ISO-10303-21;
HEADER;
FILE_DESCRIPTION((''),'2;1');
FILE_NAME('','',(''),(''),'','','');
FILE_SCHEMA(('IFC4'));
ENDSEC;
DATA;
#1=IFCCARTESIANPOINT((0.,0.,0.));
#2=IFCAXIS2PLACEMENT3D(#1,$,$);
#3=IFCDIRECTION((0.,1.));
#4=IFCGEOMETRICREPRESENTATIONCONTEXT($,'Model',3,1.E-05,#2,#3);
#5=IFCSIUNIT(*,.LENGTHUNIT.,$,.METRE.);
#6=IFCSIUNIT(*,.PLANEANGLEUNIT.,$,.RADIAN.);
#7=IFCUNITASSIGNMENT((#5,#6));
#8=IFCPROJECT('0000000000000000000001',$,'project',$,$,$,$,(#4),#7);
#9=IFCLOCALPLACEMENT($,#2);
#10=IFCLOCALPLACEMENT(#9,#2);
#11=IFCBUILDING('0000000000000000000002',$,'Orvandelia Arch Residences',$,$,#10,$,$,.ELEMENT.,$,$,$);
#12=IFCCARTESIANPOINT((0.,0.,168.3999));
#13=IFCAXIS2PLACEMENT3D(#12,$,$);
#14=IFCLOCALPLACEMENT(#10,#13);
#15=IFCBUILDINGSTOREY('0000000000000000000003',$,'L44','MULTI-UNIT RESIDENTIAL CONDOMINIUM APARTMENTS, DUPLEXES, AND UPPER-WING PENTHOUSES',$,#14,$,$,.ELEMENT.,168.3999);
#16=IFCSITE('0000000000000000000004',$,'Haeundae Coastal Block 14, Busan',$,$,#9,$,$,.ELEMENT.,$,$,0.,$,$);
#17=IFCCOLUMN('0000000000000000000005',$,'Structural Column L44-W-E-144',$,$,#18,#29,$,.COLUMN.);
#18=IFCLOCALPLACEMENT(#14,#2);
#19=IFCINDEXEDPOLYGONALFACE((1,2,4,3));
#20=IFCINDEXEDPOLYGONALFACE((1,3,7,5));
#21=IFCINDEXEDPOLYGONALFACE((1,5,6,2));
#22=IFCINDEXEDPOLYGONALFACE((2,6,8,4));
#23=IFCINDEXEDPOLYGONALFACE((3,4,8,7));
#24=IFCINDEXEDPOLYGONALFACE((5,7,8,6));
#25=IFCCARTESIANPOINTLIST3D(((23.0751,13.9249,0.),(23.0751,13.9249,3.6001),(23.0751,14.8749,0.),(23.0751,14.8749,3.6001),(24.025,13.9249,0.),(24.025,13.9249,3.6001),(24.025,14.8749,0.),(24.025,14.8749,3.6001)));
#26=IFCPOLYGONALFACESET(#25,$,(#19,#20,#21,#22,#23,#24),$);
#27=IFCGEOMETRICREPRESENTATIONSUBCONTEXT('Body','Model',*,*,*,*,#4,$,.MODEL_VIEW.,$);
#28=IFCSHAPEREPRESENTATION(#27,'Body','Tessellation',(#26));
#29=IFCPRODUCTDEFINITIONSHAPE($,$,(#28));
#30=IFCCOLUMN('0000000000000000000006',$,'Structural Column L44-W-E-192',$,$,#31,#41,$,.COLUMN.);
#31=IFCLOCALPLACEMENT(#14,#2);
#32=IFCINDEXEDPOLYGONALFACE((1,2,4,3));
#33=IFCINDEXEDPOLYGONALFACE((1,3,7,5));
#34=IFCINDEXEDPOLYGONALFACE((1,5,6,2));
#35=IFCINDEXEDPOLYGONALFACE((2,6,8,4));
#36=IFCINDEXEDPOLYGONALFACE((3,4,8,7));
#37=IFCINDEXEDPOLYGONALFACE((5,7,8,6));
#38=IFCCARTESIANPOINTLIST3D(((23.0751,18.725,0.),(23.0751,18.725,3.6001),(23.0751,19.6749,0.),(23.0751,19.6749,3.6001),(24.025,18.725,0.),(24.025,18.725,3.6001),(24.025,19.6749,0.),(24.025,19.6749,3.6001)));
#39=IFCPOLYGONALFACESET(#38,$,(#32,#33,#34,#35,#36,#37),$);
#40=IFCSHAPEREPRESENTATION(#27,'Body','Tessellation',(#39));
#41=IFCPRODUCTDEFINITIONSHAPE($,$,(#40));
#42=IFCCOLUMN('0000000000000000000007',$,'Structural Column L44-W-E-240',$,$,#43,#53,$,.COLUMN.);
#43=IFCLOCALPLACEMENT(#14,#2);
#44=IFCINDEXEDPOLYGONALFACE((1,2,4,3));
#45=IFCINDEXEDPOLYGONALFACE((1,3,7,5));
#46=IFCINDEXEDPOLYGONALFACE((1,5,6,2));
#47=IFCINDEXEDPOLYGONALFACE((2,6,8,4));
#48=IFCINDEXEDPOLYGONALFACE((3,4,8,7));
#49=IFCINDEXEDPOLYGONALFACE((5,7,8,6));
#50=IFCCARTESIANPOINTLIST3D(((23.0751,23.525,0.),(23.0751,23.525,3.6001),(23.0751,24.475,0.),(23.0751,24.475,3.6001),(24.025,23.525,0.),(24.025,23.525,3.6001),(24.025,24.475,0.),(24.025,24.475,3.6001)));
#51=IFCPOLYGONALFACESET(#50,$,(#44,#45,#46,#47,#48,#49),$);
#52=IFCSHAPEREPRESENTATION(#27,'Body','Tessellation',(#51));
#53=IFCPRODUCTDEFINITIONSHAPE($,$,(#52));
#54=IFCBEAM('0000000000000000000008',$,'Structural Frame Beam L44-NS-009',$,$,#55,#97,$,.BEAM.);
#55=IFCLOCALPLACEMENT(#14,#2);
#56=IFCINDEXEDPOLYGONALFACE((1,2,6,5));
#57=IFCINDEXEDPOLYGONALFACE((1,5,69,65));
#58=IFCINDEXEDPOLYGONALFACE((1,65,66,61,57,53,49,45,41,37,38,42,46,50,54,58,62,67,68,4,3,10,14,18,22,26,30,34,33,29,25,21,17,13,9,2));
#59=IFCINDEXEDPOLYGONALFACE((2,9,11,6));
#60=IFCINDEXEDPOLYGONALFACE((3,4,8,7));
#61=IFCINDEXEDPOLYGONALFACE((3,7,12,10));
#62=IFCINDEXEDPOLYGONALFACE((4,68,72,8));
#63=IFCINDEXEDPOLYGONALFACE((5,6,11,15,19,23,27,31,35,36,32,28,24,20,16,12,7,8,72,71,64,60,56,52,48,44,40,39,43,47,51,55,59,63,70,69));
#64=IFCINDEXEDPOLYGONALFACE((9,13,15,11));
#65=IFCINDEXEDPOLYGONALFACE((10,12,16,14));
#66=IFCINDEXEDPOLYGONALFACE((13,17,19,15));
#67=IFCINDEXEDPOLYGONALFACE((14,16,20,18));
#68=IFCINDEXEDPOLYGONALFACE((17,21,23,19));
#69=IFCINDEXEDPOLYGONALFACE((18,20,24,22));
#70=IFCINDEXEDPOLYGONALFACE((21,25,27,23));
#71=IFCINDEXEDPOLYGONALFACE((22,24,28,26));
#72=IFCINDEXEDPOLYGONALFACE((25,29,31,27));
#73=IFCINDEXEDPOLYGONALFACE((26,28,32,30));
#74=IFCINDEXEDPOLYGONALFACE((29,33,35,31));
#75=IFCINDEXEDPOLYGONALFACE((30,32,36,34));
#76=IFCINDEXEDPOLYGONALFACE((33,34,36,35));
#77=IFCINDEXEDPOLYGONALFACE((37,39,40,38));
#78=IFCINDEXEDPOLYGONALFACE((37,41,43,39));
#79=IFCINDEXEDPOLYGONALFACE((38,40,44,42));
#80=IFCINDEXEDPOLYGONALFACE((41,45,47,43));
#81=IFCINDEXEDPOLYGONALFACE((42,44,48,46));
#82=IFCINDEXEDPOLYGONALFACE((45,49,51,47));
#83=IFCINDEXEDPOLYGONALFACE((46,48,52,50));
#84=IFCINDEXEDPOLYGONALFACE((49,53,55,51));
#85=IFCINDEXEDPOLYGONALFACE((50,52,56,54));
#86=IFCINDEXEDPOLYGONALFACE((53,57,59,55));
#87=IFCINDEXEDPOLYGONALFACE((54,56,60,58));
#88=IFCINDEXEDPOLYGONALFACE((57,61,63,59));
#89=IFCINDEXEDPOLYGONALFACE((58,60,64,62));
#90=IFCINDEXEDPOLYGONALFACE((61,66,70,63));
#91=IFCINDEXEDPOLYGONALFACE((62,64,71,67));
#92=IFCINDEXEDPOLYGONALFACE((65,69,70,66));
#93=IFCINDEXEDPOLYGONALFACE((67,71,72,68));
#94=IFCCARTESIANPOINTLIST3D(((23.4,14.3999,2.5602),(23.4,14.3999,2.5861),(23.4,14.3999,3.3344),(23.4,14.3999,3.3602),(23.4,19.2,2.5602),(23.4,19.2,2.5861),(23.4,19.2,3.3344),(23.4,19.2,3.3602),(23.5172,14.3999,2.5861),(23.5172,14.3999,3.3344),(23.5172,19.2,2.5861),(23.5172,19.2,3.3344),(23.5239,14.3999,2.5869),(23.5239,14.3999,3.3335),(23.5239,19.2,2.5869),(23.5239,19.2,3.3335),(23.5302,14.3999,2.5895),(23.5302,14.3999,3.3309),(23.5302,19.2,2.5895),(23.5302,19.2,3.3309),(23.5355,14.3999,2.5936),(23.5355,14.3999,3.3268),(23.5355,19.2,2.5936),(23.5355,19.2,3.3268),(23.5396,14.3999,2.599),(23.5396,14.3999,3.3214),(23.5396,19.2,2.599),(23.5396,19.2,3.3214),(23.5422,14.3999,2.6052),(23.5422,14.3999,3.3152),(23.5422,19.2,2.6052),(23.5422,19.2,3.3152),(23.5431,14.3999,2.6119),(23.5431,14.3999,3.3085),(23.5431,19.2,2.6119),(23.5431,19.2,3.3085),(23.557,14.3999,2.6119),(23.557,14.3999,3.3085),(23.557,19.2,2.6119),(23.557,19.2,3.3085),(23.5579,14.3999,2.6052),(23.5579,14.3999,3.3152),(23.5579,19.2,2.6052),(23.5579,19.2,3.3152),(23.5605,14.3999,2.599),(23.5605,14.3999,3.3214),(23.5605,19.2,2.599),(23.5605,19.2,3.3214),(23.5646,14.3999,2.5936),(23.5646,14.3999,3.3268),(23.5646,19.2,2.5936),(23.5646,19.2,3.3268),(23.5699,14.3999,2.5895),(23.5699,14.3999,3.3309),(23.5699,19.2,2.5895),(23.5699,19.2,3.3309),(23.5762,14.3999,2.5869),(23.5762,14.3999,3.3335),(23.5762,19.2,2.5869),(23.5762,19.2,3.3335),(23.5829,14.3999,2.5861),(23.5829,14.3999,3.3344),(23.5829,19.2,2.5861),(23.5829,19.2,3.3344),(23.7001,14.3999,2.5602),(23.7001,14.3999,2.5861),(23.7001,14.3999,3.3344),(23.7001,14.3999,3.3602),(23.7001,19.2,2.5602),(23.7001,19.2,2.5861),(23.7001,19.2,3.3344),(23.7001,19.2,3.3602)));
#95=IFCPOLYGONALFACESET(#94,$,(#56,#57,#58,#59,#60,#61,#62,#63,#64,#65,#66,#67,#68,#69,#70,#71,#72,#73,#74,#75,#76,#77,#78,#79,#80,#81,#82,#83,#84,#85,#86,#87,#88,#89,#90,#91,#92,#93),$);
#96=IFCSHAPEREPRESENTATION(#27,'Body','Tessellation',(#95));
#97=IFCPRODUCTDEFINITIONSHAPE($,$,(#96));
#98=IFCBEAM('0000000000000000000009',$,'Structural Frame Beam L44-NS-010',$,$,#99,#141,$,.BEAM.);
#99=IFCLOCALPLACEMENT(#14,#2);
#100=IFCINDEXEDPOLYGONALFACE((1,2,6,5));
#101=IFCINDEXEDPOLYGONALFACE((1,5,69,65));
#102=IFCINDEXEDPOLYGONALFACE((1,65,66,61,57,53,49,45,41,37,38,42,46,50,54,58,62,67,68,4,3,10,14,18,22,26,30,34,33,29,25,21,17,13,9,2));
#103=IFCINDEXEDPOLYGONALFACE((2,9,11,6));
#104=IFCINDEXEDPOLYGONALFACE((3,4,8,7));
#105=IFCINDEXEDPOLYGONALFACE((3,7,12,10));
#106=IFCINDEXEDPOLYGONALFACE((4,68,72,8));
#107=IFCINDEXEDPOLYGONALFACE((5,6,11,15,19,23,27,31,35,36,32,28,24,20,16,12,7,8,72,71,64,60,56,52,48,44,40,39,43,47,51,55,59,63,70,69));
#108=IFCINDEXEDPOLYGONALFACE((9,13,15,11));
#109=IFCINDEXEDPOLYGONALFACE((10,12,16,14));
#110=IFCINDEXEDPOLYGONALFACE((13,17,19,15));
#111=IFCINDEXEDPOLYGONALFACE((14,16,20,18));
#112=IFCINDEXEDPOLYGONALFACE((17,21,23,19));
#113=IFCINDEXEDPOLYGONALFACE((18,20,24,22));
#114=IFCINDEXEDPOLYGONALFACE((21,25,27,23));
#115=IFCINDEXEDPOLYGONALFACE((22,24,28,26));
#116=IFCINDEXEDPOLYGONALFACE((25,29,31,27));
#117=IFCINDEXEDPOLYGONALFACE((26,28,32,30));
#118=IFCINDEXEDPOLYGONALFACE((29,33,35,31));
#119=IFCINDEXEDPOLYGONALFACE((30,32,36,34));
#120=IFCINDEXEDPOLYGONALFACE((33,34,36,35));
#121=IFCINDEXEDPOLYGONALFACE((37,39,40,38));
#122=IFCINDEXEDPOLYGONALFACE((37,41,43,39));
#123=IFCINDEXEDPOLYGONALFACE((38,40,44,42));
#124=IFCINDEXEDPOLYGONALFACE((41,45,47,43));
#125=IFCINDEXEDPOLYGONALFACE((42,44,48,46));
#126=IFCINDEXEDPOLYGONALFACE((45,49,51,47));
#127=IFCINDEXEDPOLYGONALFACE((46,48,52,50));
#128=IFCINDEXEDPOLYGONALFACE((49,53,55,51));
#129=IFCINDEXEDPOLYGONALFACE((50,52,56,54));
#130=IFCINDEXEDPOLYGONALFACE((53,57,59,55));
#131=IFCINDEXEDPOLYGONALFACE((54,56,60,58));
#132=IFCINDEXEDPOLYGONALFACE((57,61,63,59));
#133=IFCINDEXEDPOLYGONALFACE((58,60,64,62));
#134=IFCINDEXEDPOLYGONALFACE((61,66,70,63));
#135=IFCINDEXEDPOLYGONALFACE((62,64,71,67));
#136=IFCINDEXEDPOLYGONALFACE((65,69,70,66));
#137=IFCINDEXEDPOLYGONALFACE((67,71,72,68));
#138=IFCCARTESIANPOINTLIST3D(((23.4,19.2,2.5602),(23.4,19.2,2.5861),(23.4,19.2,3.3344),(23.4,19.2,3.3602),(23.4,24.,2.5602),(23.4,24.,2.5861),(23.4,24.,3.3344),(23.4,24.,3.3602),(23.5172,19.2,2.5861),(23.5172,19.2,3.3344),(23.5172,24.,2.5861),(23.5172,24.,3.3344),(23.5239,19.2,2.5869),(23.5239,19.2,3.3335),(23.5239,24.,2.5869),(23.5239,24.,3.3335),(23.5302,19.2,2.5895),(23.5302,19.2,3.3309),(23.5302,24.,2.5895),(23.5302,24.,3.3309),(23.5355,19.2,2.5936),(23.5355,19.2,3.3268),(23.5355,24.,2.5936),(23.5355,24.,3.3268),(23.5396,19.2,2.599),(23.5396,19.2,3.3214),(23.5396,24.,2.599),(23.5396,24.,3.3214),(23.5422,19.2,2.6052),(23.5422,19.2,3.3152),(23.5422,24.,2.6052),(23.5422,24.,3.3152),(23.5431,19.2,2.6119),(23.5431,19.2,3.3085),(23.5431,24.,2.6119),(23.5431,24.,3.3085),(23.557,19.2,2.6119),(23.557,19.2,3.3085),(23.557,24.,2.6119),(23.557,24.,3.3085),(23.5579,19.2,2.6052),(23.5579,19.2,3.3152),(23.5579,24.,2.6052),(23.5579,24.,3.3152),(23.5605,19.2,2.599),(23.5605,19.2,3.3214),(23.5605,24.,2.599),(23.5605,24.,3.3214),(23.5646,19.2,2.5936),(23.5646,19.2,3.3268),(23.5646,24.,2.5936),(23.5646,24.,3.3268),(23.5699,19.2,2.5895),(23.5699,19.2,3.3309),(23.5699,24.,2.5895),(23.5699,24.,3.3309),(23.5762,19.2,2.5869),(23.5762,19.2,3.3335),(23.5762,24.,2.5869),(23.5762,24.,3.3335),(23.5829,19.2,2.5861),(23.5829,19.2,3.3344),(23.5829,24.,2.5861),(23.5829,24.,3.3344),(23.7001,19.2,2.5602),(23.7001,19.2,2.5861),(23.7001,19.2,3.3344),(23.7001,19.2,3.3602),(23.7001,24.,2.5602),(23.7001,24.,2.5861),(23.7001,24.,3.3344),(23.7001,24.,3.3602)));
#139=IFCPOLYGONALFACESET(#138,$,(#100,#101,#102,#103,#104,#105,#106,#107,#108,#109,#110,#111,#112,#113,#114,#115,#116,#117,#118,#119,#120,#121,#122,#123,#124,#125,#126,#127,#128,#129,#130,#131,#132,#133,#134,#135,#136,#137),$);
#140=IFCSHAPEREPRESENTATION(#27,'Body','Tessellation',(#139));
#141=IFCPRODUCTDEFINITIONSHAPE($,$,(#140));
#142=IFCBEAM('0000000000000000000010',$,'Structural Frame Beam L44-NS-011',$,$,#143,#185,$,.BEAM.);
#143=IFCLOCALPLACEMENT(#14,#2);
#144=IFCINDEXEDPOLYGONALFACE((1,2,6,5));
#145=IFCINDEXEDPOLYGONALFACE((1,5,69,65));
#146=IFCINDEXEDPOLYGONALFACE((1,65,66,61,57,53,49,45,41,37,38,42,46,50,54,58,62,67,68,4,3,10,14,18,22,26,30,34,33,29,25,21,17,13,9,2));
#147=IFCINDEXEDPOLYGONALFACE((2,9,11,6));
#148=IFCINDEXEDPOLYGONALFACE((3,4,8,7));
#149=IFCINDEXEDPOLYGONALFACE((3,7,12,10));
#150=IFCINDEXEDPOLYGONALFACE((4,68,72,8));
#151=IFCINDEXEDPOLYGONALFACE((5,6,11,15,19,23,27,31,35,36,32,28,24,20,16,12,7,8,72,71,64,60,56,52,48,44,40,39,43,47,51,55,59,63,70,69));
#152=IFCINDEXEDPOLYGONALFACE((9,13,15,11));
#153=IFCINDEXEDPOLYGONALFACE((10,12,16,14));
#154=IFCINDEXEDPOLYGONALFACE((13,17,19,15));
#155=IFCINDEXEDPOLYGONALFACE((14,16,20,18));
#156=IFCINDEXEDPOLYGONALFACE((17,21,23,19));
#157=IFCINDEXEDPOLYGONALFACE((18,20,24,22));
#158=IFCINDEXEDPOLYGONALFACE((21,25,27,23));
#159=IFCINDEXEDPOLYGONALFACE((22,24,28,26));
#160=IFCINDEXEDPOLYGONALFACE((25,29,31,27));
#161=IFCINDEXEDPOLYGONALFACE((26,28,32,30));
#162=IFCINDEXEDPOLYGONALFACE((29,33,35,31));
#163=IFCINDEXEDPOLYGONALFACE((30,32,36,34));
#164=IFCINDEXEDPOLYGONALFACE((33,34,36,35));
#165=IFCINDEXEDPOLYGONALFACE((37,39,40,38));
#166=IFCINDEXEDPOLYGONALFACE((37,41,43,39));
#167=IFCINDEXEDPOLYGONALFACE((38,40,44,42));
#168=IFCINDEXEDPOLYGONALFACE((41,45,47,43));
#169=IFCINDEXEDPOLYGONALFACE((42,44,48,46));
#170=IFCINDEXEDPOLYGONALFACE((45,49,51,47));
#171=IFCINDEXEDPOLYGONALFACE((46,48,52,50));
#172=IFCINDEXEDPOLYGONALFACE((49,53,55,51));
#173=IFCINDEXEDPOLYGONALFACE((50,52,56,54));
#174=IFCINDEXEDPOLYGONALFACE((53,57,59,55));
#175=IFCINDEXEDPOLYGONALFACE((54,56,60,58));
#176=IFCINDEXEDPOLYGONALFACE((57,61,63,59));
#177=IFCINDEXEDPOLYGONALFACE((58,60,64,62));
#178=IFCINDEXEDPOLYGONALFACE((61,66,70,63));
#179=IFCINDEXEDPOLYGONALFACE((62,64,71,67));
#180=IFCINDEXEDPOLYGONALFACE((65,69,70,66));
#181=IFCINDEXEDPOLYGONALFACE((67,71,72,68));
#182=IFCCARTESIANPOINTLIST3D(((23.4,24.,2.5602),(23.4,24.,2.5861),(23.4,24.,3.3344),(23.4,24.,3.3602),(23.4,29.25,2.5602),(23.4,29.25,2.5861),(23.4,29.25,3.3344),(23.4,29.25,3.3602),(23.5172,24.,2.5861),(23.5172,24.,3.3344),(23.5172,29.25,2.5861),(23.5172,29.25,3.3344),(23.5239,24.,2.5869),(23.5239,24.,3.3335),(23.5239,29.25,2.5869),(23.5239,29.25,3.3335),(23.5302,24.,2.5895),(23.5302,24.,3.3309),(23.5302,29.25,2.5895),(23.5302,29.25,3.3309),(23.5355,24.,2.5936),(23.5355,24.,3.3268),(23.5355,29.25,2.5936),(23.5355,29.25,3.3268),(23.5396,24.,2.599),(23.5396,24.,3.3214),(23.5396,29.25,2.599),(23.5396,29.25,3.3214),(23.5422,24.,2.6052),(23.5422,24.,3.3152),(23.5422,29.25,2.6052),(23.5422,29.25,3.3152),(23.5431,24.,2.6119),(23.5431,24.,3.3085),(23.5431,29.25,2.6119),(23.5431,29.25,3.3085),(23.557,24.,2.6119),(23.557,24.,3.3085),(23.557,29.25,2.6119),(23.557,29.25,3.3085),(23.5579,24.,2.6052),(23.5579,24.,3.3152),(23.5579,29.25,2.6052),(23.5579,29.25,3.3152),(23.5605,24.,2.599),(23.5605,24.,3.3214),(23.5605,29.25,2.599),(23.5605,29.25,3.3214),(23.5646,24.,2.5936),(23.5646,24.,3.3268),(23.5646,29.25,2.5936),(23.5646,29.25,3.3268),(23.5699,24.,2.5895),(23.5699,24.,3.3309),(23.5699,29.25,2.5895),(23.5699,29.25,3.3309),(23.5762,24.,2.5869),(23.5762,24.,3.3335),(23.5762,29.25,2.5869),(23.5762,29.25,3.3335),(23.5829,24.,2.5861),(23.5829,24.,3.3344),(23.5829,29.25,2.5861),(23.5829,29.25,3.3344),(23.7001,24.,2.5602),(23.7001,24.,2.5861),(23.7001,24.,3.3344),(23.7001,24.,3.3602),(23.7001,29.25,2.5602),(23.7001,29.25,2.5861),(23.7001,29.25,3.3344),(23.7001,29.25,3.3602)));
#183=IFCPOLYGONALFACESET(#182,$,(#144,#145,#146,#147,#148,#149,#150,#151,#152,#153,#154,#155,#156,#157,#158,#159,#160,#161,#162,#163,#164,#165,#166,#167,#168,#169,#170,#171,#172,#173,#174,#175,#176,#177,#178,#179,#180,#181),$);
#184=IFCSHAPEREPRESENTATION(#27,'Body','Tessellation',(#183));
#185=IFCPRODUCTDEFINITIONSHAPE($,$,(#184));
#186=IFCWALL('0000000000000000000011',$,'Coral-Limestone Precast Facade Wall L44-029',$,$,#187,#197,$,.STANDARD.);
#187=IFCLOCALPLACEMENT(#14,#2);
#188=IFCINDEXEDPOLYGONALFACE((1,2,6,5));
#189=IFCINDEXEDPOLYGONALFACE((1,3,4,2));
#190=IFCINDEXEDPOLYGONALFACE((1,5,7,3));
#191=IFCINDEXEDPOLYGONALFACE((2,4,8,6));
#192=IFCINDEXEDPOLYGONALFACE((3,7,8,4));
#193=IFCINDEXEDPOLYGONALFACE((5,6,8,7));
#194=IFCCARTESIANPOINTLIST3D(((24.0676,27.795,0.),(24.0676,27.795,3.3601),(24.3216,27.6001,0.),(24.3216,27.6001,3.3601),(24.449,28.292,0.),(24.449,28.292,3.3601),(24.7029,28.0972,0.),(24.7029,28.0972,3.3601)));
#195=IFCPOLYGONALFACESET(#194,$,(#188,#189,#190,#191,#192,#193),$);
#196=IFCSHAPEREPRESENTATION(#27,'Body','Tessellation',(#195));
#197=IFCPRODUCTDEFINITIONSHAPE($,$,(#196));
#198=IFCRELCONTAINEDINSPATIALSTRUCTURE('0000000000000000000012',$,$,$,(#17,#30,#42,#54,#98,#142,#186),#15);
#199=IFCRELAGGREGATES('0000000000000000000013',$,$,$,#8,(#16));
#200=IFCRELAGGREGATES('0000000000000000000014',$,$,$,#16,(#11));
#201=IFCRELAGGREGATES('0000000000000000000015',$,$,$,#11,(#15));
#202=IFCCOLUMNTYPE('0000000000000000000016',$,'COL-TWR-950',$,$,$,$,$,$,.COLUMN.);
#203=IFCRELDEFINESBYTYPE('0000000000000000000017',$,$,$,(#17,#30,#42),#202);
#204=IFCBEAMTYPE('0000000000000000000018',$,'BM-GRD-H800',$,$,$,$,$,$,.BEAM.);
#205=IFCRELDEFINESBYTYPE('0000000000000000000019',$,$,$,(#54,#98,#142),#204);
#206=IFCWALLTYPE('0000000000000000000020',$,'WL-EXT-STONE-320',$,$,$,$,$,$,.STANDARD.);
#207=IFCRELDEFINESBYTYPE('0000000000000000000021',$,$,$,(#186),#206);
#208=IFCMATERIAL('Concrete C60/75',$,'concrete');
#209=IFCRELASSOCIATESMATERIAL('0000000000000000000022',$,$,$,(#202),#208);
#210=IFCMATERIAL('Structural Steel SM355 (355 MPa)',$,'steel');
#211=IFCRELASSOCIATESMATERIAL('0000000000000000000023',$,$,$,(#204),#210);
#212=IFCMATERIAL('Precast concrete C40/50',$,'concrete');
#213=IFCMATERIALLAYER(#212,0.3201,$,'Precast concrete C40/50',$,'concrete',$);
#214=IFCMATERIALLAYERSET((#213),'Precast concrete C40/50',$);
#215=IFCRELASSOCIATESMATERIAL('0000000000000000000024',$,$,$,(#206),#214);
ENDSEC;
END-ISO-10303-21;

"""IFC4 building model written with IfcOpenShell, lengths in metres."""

from ifc_helpers import new_model, si_unit, direction, frame, frame_2d, origin, origin_2d, place, context, subcontext, project, spatial, rectangle, i_section, extrude, material, layer, layer_set, material_profile, profile_set, type_object, element, save


model = new_model("IFC4")

# Units and contexts
model_context = context("Model", 3, precision=1e-05, world=origin(), true_north=direction((0.0, 1.0)))
body_context = subcontext(model_context, "Body", "Model", "MODEL_VIEW")
ifc_project = project(units=[si_unit("LENGTHUNIT", "METRE"), si_unit("PLANEANGLEUNIT", "RADIAN")], contexts=[model_context])

# Site, building, storey
site_placement = place(None, origin())
site = spatial("IfcSite", under=ifc_project, at=site_placement, Name="Haeundae Coastal Block 14, Busan", CompositionType="ELEMENT", RefElevation=0.0)
building_placement = place(site_placement, origin())
building = spatial("IfcBuilding", under=site, at=building_placement, Name="Orvandelia Arch Residences", CompositionType="ELEMENT")
storey_placement = place(building_placement, frame((0.0, 0.0, 168.3999)))
storey = spatial("IfcBuildingStorey", under=building, at=storey_placement, Name="L44", Description="MULTI-UNIT RESIDENTIAL CONDOMINIUM APARTMENTS, DUPLEXES, AND UPPER-WING PENTHOUSES", CompositionType="ELEMENT", Elevation=168.3999)

# Columns
ifc_material_1 = material(Name="Concrete C60/75", Category="concrete")
ifc_material_profile_1 = material_profile(ifc_material_1, rectangle(XDim=0.95, YDim=0.95, at=origin_2d()), Name="Concrete C60/75", Category="concrete")
ifc_profile_set_1 = profile_set([ifc_material_profile_1], Name="Concrete C60/75")
column_type = type_object("IfcColumnType", Name="COL-TWR-950", PredefinedType="COLUMN", material=ifc_profile_set_1)
for number, where, z_axis, x_axis, name in (
    (1, (23.55, 14.3999, 0.0), (0.0, 0.0, 1.0), (1.0, 0.0, 0.0), "Structural Column L44-W-E-144"),
    (2, (23.55, 19.2, 0.0), (0.0, 0.0, 1.0), (1.0, 0.0, 0.0), "Structural Column L44-W-E-192"),
    (3, (23.55, 24.0, 0.0), (0.0, 0.0, 1.0), (1.0, 0.0, 0.0), "Structural Column L44-W-E-240"),
):
    element("IfcColumn", number, at=place(storey_placement, frame(where, z_axis=z_axis, x_axis=x_axis)), inside=storey, type_object=column_type, Name=name, PredefinedType="COLUMN", context=body_context, shape_type="SweptSolid", body=[
        extrude(rectangle(XDim=0.95, YDim=0.95, at=origin_2d()), origin(), (0.0, 0.0, 1.0), 3.6001),
    ])

# Beams
ifc_material_2 = material(Name="Structural Steel SM355 (355 MPa)", Category="steel")
ifc_material_profile_2 = material_profile(ifc_material_2, i_section(OverallWidth=0.3, OverallDepth=0.8, WebThickness=0.0139, FlangeThickness=0.0259, FilletRadius=0.0259, at=origin_2d()), Name="Structural Steel SM355 (355 MPa)", Category="steel")
ifc_profile_set_2 = profile_set([ifc_material_profile_2], Name="Structural Steel SM355 (355 MPa)")
beam_type = type_object("IfcBeamType", Name="BM-GRD-H800", PredefinedType="BEAM", material=ifc_profile_set_2)
for number, where, z_axis, x_axis, name in (
    (4, (23.55, 14.3999, 2.9602), (0.0, 1.0, 0.0), (-1.0, 0.0, 0.0), "Structural Frame Beam L44-NS-009"),
    (5, (23.55, 19.2, 2.9602), (0.0, 1.0, 0.0), (-1.0, 0.0, 0.0), "Structural Frame Beam L44-NS-010"),
):
    element("IfcBeam", number, at=place(storey_placement, frame(where, z_axis=z_axis, x_axis=x_axis)), inside=storey, type_object=beam_type, Name=name, PredefinedType="BEAM", context=body_context, shape_type="SweptSolid", body=[
        extrude(i_section(OverallWidth=0.3, OverallDepth=0.8, WebThickness=0.0139, FlangeThickness=0.0259, FilletRadius=0.0259, at=origin_2d()), origin(), (0.0, 0.0, 1.0), 4.8),
    ])
beam_placement = place(storey_placement, frame((23.55, 24.0, 2.9602), z_axis=(0.0, 1.0, 0.0), x_axis=(-1.0, 0.0, 0.0)))
element("IfcBeam", 6, at=beam_placement, inside=storey, type_object=beam_type, Name="Structural Frame Beam L44-NS-011", PredefinedType="BEAM", context=body_context, shape_type="SweptSolid", body=[
    extrude(i_section(OverallWidth=0.3, OverallDepth=0.8, WebThickness=0.0139, FlangeThickness=0.0259, FilletRadius=0.0259, at=origin_2d()), origin(), (0.0, 0.0, 1.0), 5.25),
])

# Wall
ifc_material_3 = material(Name="Precast concrete C40/50", Category="concrete")
ifc_layer = layer(ifc_material_3, 0.3201, Name="Precast concrete C40/50", Category="concrete")
ifc_layer_set = layer_set([ifc_layer], Name="Precast concrete C40/50")
wall_type = type_object("IfcWallType", Name="WL-EXT-STONE-320", PredefinedType="STANDARD", material=ifc_layer_set)
wall_1_placement = place(storey_placement, frame((24.5759, 28.1946, 0.0), z_axis=(0.0, 0.0, 1.0), x_axis=(-0.608693, -0.793406, 0.0)))
element("IfcWall", 7, at=wall_1_placement, inside=storey, type_object=wall_type, Name="Coral-Limestone Precast Facade Wall L44-029", PredefinedType="STANDARD", context=body_context, shape_type="SweptSolid", body=[
    extrude(rectangle(XDim=0.6265, YDim=0.3201, at=frame_2d((0.3132, 0.0))), origin(), (0.0, 0.0, 1.0), 3.3601),
])

save(model, "model.ifc")
